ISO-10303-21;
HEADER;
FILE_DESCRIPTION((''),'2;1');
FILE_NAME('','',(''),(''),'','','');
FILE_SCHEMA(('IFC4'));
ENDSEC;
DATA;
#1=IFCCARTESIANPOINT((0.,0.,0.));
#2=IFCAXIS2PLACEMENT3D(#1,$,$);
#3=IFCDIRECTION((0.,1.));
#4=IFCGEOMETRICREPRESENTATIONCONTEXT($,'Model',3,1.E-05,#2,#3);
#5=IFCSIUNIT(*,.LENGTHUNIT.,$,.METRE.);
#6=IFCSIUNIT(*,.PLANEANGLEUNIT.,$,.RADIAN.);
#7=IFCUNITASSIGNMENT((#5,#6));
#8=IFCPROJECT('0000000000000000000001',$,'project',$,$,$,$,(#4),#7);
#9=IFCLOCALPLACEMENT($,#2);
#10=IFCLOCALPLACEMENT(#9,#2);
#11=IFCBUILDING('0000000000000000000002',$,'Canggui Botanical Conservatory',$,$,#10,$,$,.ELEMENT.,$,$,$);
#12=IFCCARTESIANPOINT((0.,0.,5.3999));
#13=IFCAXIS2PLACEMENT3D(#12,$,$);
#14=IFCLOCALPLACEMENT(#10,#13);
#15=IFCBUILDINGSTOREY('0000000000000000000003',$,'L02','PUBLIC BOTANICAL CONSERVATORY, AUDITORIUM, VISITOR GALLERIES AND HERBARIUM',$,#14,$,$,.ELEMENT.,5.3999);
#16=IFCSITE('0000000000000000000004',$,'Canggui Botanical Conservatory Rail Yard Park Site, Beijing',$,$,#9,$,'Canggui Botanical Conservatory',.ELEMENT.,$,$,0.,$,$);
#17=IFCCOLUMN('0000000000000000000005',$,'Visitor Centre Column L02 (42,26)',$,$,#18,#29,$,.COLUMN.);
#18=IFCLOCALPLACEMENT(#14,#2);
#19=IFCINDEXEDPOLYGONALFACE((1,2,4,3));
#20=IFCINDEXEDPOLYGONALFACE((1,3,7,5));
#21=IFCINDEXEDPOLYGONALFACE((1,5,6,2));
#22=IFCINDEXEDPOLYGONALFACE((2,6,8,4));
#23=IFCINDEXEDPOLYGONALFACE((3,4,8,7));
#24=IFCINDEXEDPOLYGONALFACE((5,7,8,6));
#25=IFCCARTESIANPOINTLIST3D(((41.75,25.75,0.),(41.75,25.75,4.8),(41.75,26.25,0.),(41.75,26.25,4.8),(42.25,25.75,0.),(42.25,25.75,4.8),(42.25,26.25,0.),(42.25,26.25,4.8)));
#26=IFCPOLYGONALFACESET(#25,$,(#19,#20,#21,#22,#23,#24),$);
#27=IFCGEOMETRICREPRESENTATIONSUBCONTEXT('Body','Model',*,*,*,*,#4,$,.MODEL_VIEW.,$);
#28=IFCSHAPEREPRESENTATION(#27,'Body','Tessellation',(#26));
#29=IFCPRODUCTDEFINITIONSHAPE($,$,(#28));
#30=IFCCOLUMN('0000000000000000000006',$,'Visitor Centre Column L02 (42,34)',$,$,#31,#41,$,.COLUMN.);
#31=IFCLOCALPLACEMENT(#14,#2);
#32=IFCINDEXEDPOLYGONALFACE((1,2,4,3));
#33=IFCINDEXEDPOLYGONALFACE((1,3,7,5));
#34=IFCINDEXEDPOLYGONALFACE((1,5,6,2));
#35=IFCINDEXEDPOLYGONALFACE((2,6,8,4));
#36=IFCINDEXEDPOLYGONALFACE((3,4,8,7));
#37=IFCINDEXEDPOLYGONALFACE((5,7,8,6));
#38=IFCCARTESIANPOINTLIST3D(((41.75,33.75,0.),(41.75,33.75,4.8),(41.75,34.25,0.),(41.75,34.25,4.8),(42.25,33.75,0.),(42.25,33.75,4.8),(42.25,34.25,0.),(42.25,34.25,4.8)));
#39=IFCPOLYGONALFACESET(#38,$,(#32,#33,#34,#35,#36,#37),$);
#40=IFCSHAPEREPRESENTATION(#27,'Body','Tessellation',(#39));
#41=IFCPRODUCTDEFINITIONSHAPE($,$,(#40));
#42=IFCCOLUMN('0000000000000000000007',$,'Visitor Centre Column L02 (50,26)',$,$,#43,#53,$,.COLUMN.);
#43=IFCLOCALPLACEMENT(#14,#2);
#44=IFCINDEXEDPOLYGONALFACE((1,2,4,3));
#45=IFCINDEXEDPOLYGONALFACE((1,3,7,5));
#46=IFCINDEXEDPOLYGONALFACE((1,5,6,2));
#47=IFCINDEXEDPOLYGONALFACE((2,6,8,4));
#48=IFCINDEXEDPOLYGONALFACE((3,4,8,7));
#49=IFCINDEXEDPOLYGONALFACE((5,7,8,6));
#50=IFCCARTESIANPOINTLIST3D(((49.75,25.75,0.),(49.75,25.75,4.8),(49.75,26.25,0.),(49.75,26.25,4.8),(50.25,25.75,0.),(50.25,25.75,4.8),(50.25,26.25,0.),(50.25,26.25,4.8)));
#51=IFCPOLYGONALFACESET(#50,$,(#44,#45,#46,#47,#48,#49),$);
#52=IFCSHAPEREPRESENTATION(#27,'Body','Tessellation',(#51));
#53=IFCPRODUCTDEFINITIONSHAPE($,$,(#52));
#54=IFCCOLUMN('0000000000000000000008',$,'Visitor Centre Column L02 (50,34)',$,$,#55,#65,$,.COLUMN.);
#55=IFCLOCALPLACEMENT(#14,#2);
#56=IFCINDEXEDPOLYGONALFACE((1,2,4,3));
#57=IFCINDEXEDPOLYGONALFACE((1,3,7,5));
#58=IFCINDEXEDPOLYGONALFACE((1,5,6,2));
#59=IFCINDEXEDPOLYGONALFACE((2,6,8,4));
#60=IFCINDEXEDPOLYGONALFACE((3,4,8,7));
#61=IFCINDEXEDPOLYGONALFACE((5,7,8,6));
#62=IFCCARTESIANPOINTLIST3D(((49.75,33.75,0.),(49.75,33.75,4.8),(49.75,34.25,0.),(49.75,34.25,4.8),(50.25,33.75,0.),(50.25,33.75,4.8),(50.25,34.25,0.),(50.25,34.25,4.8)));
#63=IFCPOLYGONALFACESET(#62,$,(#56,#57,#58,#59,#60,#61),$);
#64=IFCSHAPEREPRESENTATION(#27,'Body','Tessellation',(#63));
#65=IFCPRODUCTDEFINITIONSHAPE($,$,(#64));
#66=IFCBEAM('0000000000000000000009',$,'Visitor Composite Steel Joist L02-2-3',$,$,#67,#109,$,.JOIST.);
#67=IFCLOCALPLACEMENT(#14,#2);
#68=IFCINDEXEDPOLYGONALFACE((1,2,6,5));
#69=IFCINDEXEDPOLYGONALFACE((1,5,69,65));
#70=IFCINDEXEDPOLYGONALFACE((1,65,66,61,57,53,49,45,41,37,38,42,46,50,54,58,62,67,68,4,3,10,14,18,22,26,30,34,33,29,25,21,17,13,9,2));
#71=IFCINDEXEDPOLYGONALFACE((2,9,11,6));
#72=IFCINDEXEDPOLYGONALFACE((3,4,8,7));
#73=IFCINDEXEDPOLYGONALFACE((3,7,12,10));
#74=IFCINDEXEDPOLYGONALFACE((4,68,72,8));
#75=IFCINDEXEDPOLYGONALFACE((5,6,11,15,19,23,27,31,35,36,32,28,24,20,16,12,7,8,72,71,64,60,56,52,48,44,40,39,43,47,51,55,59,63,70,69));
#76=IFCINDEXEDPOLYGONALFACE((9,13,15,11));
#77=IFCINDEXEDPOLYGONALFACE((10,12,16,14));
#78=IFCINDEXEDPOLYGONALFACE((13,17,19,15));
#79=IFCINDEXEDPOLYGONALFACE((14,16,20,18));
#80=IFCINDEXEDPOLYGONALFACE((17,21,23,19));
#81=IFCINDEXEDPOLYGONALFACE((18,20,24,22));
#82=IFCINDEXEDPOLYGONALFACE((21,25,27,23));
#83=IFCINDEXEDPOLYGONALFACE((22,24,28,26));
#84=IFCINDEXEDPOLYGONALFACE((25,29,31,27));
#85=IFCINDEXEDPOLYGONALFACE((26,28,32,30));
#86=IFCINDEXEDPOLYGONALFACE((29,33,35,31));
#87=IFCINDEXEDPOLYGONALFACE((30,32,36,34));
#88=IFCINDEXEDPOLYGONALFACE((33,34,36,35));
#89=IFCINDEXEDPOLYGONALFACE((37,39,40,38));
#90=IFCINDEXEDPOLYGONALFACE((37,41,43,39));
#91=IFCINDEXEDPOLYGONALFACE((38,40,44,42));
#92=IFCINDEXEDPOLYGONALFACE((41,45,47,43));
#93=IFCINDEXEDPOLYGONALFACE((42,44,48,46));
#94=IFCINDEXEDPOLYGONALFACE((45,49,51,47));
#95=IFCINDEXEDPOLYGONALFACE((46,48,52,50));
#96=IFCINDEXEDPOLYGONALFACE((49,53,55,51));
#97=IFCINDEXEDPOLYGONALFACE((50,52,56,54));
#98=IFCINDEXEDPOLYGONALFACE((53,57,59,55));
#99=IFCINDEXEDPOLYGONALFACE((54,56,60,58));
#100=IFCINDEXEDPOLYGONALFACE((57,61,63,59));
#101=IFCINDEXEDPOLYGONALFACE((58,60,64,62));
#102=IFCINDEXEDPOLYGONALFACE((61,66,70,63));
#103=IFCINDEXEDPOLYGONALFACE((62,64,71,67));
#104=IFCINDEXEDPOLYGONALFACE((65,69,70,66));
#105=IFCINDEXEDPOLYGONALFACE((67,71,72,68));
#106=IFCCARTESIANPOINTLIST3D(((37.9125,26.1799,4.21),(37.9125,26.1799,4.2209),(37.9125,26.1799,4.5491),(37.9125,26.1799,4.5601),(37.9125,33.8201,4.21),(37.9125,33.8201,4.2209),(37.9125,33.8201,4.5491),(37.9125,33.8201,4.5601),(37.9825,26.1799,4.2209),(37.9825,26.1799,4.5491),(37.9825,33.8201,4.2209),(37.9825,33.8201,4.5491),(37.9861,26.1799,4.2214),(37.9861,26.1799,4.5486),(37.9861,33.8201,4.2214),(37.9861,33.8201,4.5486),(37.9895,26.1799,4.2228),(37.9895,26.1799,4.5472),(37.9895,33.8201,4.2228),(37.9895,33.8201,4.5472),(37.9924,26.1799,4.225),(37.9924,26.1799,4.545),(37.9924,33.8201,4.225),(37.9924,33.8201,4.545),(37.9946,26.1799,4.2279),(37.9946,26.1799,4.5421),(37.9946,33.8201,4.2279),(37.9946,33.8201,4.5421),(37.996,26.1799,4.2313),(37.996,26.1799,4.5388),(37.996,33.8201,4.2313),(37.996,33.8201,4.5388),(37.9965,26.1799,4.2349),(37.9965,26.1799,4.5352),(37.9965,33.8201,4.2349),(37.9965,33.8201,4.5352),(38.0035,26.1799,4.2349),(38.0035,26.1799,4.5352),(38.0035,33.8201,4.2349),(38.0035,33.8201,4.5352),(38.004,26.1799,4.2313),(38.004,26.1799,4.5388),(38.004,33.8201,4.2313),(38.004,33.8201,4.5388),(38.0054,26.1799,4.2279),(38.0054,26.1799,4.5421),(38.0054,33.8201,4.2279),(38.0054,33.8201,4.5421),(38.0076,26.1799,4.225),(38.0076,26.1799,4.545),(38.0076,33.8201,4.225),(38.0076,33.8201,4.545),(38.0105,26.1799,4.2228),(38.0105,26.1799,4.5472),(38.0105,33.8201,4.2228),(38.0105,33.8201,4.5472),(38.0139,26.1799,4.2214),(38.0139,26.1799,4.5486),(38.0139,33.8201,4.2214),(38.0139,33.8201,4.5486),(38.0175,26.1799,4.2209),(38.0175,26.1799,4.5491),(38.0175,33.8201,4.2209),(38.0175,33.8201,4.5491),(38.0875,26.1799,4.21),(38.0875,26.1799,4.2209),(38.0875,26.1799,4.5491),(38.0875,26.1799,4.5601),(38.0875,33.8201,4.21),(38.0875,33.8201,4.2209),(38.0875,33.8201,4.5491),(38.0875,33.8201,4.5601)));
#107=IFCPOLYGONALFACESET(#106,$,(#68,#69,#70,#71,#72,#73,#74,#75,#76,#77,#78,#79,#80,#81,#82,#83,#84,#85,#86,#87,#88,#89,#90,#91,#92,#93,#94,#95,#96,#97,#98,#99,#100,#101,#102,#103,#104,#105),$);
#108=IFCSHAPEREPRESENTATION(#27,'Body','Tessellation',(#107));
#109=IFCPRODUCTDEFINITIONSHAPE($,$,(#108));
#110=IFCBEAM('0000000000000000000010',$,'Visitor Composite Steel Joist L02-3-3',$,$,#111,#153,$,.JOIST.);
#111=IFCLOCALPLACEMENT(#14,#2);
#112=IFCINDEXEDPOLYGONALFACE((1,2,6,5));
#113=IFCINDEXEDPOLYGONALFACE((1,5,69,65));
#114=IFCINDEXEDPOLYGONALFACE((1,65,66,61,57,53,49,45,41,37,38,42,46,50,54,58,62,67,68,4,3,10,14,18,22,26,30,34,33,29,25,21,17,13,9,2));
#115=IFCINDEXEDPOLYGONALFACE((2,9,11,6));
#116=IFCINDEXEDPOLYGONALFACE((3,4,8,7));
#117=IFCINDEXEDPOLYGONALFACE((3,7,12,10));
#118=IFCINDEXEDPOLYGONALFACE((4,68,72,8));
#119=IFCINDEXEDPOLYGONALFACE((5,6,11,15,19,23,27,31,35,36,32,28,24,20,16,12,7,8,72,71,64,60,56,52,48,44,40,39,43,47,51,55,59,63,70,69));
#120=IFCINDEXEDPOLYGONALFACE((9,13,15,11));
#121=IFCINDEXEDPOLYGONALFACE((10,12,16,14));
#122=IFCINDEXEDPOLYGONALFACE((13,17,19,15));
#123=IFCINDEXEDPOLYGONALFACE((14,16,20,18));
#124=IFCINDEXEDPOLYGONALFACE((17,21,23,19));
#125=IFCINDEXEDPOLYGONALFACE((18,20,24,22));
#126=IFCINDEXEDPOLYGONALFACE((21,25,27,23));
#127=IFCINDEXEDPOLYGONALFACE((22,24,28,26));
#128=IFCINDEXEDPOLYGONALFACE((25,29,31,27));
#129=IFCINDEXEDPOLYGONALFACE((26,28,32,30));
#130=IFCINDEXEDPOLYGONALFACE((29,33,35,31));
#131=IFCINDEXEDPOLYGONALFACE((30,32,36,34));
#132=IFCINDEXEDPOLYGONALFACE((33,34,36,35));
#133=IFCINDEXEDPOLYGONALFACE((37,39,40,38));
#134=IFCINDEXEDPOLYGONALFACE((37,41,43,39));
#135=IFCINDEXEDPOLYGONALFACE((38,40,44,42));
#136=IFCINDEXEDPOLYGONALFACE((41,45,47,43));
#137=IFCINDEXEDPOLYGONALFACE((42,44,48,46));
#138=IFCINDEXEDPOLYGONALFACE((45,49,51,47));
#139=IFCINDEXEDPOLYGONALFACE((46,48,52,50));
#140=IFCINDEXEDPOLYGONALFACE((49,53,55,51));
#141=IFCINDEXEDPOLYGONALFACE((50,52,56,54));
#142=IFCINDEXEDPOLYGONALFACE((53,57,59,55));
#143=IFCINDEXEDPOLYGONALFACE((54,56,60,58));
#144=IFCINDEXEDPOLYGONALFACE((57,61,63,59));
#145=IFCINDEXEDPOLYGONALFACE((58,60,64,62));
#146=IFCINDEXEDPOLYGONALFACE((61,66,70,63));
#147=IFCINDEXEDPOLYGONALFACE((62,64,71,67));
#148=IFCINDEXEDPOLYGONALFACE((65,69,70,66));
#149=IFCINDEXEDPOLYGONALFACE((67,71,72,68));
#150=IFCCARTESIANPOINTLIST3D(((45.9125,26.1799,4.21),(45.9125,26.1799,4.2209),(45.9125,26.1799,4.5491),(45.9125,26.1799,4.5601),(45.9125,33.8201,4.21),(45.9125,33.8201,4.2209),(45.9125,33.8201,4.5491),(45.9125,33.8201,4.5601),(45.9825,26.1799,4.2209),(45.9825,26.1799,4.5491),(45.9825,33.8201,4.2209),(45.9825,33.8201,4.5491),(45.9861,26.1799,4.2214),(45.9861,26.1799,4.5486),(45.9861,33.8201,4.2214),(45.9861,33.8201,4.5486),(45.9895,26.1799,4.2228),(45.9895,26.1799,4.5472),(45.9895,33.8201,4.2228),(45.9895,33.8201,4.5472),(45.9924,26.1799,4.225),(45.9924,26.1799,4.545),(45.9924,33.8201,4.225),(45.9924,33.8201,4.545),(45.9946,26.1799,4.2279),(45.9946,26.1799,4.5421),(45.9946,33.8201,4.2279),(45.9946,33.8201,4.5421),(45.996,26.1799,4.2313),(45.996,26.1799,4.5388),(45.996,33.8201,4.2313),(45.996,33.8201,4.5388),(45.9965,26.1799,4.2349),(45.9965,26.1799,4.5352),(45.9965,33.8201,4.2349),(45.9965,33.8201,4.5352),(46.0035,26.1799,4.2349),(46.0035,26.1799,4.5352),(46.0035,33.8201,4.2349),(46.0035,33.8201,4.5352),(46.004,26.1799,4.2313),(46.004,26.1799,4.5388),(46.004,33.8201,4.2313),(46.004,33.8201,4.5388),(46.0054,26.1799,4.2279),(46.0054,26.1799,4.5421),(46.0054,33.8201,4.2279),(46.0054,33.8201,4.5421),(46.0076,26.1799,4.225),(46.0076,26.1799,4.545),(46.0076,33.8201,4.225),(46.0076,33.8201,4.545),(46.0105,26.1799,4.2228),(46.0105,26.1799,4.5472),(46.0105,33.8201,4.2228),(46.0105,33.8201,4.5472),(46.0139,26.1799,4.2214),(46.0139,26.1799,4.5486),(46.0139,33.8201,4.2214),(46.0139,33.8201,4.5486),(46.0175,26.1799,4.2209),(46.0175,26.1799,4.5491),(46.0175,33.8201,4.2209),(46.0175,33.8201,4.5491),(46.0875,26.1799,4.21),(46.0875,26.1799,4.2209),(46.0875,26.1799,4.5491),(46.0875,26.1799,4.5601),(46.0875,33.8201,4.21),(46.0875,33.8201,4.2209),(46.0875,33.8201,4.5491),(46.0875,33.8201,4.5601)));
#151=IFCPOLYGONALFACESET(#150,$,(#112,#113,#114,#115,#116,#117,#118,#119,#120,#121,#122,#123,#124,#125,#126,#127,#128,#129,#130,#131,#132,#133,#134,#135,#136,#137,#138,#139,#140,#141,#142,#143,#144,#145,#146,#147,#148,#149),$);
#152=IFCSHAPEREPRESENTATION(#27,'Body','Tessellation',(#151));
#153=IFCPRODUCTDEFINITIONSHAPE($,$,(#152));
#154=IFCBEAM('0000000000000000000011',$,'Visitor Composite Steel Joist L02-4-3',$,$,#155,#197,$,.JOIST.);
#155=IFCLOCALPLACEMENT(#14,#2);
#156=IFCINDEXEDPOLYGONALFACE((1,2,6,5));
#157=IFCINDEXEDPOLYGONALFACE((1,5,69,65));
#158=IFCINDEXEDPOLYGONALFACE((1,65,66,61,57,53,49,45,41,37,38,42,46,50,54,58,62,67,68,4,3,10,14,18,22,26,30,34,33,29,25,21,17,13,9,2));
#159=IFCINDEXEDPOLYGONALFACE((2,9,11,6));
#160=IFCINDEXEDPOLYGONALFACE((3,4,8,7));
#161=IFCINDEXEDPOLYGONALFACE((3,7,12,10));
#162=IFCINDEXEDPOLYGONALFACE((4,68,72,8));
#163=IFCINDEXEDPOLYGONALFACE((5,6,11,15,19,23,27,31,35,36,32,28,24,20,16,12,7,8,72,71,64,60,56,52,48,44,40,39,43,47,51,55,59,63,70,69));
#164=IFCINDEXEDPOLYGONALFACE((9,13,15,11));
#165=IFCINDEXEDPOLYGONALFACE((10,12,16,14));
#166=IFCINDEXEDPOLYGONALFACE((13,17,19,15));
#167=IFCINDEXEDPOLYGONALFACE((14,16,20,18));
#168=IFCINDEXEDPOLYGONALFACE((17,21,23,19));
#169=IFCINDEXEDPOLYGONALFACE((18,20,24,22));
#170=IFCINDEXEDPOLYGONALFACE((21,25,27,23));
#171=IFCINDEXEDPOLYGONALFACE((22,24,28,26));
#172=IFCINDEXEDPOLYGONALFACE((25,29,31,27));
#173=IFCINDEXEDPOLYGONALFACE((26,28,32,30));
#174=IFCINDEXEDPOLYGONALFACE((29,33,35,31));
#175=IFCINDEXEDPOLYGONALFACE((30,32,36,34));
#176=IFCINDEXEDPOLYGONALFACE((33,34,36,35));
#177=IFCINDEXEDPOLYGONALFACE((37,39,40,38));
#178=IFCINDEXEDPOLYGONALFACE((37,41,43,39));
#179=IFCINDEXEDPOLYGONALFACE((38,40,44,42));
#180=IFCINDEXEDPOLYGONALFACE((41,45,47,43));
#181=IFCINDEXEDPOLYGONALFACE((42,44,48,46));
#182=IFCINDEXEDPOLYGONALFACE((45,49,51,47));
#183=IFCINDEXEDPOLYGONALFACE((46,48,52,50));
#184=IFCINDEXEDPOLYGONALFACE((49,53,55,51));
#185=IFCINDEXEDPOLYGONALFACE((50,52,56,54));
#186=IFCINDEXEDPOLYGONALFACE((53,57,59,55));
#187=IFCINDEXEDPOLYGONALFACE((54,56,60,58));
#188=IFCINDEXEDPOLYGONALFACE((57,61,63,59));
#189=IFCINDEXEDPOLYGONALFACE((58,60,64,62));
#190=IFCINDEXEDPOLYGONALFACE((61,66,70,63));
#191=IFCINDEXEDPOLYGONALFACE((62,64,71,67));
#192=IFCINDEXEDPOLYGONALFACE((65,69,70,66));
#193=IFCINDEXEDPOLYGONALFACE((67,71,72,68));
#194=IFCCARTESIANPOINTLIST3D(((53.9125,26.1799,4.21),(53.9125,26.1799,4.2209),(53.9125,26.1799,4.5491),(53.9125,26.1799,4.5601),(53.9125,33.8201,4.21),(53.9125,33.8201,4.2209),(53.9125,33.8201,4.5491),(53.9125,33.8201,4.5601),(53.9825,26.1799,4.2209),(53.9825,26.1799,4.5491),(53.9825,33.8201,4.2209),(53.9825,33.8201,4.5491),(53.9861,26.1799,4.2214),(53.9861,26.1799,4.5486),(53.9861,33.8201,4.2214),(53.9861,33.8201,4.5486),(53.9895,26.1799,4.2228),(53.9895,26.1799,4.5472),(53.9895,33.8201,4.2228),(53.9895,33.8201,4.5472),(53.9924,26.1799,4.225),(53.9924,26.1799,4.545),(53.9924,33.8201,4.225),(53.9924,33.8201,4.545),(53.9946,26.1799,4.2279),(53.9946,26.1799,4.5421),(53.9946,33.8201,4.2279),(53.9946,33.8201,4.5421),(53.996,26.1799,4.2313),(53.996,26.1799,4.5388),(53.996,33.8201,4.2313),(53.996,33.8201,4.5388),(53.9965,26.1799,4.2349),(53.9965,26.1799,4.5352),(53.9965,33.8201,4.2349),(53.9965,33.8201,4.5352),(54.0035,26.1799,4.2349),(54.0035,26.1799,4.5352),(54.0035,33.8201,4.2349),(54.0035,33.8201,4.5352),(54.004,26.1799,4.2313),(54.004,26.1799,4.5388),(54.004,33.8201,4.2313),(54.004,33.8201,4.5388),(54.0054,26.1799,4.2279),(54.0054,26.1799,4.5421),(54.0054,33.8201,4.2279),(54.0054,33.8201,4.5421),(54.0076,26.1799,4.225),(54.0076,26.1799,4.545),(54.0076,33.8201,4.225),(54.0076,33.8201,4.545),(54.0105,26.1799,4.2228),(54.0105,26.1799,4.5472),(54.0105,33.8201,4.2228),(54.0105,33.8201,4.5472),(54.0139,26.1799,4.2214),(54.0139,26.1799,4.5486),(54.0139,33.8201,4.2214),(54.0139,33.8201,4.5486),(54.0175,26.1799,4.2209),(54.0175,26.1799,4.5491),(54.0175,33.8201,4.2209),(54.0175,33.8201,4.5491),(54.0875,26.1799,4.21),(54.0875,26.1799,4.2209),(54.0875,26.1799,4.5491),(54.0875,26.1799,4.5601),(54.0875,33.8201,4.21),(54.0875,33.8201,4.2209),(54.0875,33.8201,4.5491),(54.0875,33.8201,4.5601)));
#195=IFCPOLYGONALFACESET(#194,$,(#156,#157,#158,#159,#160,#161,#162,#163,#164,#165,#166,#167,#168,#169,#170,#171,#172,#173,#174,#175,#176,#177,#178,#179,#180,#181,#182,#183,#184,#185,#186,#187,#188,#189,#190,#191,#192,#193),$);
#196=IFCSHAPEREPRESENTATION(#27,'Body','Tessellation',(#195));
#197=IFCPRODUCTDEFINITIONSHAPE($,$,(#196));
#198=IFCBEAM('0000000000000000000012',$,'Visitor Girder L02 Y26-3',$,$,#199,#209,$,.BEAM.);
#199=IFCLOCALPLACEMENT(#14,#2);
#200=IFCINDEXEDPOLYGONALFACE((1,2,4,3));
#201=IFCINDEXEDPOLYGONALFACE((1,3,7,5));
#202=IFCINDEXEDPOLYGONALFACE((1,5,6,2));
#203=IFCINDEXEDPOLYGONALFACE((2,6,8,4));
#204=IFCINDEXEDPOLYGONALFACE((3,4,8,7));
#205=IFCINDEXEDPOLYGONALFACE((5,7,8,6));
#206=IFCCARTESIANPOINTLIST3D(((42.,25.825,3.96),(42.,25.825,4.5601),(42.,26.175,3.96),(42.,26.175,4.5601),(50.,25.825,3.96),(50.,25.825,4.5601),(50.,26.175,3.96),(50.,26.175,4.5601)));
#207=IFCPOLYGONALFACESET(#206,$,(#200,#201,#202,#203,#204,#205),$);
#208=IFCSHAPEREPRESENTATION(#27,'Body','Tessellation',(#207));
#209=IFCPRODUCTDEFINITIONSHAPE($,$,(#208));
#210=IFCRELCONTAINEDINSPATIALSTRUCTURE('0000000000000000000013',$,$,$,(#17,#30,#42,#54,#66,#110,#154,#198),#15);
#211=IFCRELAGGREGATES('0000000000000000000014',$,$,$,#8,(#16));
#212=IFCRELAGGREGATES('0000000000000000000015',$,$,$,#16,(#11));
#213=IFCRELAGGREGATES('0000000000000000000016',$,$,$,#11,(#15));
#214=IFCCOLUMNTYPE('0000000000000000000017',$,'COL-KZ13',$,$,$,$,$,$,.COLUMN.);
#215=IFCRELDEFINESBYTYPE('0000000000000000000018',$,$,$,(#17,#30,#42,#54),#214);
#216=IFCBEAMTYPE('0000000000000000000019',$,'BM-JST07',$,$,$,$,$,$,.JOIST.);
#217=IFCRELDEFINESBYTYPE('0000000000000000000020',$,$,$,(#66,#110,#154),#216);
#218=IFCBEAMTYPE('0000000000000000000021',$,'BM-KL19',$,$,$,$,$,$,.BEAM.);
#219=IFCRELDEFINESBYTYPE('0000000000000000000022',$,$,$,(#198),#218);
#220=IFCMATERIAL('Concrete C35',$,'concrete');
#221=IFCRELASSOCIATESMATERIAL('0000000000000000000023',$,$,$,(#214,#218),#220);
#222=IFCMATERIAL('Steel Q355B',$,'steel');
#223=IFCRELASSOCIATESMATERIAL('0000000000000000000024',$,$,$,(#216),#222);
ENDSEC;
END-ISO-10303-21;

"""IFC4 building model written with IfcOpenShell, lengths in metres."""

from ifc_helpers import new_model, si_unit, direction, frame, origin, origin_2d, place, context, subcontext, project, spatial, rectangle, i_section, extrude, material, material_profile, profile_set, type_object, element, save


model = new_model("IFC4")

# Units and contexts
model_context = context("Model", 3, precision=1e-05, world=origin(), true_north=direction((0.0, 1.0)))
body_context = subcontext(model_context, "Body", "Model", "MODEL_VIEW")
ifc_project = project(units=[si_unit("LENGTHUNIT", "METRE"), si_unit("PLANEANGLEUNIT", "RADIAN")], contexts=[model_context])

# Site, building, storey
site_placement = place(None, origin())
site = spatial("IfcSite", under=ifc_project, at=site_placement, Name="Canggui Botanical Conservatory Rail Yard Park Site, Beijing", LongName="Canggui Botanical Conservatory", CompositionType="ELEMENT", RefElevation=0.0)
building_placement = place(site_placement, origin())
building = spatial("IfcBuilding", under=site, at=building_placement, Name="Canggui Botanical Conservatory", CompositionType="ELEMENT")
storey_placement = place(building_placement, frame((0.0, 0.0, 5.3999)))
storey = spatial("IfcBuildingStorey", under=building, at=storey_placement, Name="L02", Description="PUBLIC BOTANICAL CONSERVATORY, AUDITORIUM, VISITOR GALLERIES AND HERBARIUM", CompositionType="ELEMENT", Elevation=5.3999)

# Columns
ifc_material_1 = material(Name="Concrete C35", Category="concrete")
ifc_material_profile_1 = material_profile(ifc_material_1, rectangle(XDim=0.5, YDim=0.5, at=origin_2d()), Name="RC 500x500")
ifc_profile_set_1 = profile_set([ifc_material_profile_1], Name="Concrete C35")
column_type = type_object("IfcColumnType", Name="COL-KZ13", PredefinedType="COLUMN", material=ifc_profile_set_1)
for number, where, z_axis, x_axis, name in (
    (1, (42.0, 26.0, 0.0), (0.0, 0.0, 1.0), (1.0, 0.0, 0.0), "Visitor Centre Column L02 (42,26)"),
    (2, (42.0, 34.0, 0.0), (0.0, 0.0, 1.0), (1.0, 0.0, 0.0), "Visitor Centre Column L02 (42,34)"),
    (3, (50.0, 26.0, 0.0), (0.0, 0.0, 1.0), (1.0, 0.0, 0.0), "Visitor Centre Column L02 (50,26)"),
    (4, (50.0, 34.0, 0.0), (0.0, 0.0, 1.0), (1.0, 0.0, 0.0), "Visitor Centre Column L02 (50,34)"),
):
    element("IfcColumn", number, at=place(storey_placement, frame(where, z_axis=z_axis, x_axis=x_axis)), inside=storey, type_object=column_type, Name=name, PredefinedType="COLUMN", context=body_context, shape_type="SweptSolid", body=[
        extrude(rectangle(XDim=0.5, YDim=0.5, at=origin_2d()), origin(), (0.0, 0.0, 1.0), 4.8),
    ])

# Beams
ifc_material_2 = material(Name="Steel Q355B", Category="steel")
ifc_material_profile_2 = material_profile(ifc_material_2, i_section(OverallWidth=0.175, OverallDepth=0.3501, WebThickness=0.0071, FlangeThickness=0.011, FilletRadius=0.0139, at=origin_2d()), Name="HN 350x175x7x11")
ifc_profile_set_2 = profile_set([ifc_material_profile_2], Name="Steel Q355B")
beam_type_1 = type_object("IfcBeamType", Name="BM-JST07", PredefinedType="JOIST", material=ifc_profile_set_2)
for number, where, z_axis, x_axis, name in (
    (5, (38.0, 26.1799, 4.385), (0.0, 1.0, 0.0), (-1.0, 0.0, 0.0), "Visitor Composite Steel Joist L02-2-3"),
    (6, (46.0, 26.1799, 4.385), (0.0, 1.0, 0.0), (-1.0, 0.0, 0.0), "Visitor Composite Steel Joist L02-3-3"),
    (7, (54.0, 26.1799, 4.385), (0.0, 1.0, 0.0), (-1.0, 0.0, 0.0), "Visitor Composite Steel Joist L02-4-3"),
):
    element("IfcBeam", number, at=place(storey_placement, frame(where, z_axis=z_axis, x_axis=x_axis)), inside=storey, type_object=beam_type_1, Name=name, PredefinedType="JOIST", context=body_context, shape_type="SweptSolid", body=[
        extrude(i_section(OverallWidth=0.175, OverallDepth=0.3501, WebThickness=0.0071, FlangeThickness=0.011, FilletRadius=0.0139, at=origin_2d()), origin(), (0.0, 0.0, 1.0), 7.6401),
    ])
ifc_material_profile_3 = material_profile(ifc_material_1, rectangle(XDim=0.3501, YDim=0.6001, at=origin_2d()), Name="RB 350x600")
ifc_profile_set_3 = profile_set([ifc_material_profile_3], Name="Concrete C35")
beam_type_2 = type_object("IfcBeamType", Name="BM-KL19", PredefinedType="BEAM", material=ifc_profile_set_3)
for number, where, z_axis, x_axis, name in (
    (8, (42.0, 26.0, 4.26), (1.0, 0.0, 0.0), (0.0, 1.0, 0.0), "Visitor Girder L02 Y26-3"),
):
    element("IfcBeam", number, at=place(storey_placement, frame(where, z_axis=z_axis, x_axis=x_axis)), inside=storey, type_object=beam_type_2, Name=name, PredefinedType="BEAM", context=body_context, shape_type="SweptSolid", body=[
        extrude(rectangle(XDim=0.3501, YDim=0.6001, at=origin_2d()), origin(), (0.0, 0.0, 1.0), 8.0),
    ])

save(model, "model.ifc")
